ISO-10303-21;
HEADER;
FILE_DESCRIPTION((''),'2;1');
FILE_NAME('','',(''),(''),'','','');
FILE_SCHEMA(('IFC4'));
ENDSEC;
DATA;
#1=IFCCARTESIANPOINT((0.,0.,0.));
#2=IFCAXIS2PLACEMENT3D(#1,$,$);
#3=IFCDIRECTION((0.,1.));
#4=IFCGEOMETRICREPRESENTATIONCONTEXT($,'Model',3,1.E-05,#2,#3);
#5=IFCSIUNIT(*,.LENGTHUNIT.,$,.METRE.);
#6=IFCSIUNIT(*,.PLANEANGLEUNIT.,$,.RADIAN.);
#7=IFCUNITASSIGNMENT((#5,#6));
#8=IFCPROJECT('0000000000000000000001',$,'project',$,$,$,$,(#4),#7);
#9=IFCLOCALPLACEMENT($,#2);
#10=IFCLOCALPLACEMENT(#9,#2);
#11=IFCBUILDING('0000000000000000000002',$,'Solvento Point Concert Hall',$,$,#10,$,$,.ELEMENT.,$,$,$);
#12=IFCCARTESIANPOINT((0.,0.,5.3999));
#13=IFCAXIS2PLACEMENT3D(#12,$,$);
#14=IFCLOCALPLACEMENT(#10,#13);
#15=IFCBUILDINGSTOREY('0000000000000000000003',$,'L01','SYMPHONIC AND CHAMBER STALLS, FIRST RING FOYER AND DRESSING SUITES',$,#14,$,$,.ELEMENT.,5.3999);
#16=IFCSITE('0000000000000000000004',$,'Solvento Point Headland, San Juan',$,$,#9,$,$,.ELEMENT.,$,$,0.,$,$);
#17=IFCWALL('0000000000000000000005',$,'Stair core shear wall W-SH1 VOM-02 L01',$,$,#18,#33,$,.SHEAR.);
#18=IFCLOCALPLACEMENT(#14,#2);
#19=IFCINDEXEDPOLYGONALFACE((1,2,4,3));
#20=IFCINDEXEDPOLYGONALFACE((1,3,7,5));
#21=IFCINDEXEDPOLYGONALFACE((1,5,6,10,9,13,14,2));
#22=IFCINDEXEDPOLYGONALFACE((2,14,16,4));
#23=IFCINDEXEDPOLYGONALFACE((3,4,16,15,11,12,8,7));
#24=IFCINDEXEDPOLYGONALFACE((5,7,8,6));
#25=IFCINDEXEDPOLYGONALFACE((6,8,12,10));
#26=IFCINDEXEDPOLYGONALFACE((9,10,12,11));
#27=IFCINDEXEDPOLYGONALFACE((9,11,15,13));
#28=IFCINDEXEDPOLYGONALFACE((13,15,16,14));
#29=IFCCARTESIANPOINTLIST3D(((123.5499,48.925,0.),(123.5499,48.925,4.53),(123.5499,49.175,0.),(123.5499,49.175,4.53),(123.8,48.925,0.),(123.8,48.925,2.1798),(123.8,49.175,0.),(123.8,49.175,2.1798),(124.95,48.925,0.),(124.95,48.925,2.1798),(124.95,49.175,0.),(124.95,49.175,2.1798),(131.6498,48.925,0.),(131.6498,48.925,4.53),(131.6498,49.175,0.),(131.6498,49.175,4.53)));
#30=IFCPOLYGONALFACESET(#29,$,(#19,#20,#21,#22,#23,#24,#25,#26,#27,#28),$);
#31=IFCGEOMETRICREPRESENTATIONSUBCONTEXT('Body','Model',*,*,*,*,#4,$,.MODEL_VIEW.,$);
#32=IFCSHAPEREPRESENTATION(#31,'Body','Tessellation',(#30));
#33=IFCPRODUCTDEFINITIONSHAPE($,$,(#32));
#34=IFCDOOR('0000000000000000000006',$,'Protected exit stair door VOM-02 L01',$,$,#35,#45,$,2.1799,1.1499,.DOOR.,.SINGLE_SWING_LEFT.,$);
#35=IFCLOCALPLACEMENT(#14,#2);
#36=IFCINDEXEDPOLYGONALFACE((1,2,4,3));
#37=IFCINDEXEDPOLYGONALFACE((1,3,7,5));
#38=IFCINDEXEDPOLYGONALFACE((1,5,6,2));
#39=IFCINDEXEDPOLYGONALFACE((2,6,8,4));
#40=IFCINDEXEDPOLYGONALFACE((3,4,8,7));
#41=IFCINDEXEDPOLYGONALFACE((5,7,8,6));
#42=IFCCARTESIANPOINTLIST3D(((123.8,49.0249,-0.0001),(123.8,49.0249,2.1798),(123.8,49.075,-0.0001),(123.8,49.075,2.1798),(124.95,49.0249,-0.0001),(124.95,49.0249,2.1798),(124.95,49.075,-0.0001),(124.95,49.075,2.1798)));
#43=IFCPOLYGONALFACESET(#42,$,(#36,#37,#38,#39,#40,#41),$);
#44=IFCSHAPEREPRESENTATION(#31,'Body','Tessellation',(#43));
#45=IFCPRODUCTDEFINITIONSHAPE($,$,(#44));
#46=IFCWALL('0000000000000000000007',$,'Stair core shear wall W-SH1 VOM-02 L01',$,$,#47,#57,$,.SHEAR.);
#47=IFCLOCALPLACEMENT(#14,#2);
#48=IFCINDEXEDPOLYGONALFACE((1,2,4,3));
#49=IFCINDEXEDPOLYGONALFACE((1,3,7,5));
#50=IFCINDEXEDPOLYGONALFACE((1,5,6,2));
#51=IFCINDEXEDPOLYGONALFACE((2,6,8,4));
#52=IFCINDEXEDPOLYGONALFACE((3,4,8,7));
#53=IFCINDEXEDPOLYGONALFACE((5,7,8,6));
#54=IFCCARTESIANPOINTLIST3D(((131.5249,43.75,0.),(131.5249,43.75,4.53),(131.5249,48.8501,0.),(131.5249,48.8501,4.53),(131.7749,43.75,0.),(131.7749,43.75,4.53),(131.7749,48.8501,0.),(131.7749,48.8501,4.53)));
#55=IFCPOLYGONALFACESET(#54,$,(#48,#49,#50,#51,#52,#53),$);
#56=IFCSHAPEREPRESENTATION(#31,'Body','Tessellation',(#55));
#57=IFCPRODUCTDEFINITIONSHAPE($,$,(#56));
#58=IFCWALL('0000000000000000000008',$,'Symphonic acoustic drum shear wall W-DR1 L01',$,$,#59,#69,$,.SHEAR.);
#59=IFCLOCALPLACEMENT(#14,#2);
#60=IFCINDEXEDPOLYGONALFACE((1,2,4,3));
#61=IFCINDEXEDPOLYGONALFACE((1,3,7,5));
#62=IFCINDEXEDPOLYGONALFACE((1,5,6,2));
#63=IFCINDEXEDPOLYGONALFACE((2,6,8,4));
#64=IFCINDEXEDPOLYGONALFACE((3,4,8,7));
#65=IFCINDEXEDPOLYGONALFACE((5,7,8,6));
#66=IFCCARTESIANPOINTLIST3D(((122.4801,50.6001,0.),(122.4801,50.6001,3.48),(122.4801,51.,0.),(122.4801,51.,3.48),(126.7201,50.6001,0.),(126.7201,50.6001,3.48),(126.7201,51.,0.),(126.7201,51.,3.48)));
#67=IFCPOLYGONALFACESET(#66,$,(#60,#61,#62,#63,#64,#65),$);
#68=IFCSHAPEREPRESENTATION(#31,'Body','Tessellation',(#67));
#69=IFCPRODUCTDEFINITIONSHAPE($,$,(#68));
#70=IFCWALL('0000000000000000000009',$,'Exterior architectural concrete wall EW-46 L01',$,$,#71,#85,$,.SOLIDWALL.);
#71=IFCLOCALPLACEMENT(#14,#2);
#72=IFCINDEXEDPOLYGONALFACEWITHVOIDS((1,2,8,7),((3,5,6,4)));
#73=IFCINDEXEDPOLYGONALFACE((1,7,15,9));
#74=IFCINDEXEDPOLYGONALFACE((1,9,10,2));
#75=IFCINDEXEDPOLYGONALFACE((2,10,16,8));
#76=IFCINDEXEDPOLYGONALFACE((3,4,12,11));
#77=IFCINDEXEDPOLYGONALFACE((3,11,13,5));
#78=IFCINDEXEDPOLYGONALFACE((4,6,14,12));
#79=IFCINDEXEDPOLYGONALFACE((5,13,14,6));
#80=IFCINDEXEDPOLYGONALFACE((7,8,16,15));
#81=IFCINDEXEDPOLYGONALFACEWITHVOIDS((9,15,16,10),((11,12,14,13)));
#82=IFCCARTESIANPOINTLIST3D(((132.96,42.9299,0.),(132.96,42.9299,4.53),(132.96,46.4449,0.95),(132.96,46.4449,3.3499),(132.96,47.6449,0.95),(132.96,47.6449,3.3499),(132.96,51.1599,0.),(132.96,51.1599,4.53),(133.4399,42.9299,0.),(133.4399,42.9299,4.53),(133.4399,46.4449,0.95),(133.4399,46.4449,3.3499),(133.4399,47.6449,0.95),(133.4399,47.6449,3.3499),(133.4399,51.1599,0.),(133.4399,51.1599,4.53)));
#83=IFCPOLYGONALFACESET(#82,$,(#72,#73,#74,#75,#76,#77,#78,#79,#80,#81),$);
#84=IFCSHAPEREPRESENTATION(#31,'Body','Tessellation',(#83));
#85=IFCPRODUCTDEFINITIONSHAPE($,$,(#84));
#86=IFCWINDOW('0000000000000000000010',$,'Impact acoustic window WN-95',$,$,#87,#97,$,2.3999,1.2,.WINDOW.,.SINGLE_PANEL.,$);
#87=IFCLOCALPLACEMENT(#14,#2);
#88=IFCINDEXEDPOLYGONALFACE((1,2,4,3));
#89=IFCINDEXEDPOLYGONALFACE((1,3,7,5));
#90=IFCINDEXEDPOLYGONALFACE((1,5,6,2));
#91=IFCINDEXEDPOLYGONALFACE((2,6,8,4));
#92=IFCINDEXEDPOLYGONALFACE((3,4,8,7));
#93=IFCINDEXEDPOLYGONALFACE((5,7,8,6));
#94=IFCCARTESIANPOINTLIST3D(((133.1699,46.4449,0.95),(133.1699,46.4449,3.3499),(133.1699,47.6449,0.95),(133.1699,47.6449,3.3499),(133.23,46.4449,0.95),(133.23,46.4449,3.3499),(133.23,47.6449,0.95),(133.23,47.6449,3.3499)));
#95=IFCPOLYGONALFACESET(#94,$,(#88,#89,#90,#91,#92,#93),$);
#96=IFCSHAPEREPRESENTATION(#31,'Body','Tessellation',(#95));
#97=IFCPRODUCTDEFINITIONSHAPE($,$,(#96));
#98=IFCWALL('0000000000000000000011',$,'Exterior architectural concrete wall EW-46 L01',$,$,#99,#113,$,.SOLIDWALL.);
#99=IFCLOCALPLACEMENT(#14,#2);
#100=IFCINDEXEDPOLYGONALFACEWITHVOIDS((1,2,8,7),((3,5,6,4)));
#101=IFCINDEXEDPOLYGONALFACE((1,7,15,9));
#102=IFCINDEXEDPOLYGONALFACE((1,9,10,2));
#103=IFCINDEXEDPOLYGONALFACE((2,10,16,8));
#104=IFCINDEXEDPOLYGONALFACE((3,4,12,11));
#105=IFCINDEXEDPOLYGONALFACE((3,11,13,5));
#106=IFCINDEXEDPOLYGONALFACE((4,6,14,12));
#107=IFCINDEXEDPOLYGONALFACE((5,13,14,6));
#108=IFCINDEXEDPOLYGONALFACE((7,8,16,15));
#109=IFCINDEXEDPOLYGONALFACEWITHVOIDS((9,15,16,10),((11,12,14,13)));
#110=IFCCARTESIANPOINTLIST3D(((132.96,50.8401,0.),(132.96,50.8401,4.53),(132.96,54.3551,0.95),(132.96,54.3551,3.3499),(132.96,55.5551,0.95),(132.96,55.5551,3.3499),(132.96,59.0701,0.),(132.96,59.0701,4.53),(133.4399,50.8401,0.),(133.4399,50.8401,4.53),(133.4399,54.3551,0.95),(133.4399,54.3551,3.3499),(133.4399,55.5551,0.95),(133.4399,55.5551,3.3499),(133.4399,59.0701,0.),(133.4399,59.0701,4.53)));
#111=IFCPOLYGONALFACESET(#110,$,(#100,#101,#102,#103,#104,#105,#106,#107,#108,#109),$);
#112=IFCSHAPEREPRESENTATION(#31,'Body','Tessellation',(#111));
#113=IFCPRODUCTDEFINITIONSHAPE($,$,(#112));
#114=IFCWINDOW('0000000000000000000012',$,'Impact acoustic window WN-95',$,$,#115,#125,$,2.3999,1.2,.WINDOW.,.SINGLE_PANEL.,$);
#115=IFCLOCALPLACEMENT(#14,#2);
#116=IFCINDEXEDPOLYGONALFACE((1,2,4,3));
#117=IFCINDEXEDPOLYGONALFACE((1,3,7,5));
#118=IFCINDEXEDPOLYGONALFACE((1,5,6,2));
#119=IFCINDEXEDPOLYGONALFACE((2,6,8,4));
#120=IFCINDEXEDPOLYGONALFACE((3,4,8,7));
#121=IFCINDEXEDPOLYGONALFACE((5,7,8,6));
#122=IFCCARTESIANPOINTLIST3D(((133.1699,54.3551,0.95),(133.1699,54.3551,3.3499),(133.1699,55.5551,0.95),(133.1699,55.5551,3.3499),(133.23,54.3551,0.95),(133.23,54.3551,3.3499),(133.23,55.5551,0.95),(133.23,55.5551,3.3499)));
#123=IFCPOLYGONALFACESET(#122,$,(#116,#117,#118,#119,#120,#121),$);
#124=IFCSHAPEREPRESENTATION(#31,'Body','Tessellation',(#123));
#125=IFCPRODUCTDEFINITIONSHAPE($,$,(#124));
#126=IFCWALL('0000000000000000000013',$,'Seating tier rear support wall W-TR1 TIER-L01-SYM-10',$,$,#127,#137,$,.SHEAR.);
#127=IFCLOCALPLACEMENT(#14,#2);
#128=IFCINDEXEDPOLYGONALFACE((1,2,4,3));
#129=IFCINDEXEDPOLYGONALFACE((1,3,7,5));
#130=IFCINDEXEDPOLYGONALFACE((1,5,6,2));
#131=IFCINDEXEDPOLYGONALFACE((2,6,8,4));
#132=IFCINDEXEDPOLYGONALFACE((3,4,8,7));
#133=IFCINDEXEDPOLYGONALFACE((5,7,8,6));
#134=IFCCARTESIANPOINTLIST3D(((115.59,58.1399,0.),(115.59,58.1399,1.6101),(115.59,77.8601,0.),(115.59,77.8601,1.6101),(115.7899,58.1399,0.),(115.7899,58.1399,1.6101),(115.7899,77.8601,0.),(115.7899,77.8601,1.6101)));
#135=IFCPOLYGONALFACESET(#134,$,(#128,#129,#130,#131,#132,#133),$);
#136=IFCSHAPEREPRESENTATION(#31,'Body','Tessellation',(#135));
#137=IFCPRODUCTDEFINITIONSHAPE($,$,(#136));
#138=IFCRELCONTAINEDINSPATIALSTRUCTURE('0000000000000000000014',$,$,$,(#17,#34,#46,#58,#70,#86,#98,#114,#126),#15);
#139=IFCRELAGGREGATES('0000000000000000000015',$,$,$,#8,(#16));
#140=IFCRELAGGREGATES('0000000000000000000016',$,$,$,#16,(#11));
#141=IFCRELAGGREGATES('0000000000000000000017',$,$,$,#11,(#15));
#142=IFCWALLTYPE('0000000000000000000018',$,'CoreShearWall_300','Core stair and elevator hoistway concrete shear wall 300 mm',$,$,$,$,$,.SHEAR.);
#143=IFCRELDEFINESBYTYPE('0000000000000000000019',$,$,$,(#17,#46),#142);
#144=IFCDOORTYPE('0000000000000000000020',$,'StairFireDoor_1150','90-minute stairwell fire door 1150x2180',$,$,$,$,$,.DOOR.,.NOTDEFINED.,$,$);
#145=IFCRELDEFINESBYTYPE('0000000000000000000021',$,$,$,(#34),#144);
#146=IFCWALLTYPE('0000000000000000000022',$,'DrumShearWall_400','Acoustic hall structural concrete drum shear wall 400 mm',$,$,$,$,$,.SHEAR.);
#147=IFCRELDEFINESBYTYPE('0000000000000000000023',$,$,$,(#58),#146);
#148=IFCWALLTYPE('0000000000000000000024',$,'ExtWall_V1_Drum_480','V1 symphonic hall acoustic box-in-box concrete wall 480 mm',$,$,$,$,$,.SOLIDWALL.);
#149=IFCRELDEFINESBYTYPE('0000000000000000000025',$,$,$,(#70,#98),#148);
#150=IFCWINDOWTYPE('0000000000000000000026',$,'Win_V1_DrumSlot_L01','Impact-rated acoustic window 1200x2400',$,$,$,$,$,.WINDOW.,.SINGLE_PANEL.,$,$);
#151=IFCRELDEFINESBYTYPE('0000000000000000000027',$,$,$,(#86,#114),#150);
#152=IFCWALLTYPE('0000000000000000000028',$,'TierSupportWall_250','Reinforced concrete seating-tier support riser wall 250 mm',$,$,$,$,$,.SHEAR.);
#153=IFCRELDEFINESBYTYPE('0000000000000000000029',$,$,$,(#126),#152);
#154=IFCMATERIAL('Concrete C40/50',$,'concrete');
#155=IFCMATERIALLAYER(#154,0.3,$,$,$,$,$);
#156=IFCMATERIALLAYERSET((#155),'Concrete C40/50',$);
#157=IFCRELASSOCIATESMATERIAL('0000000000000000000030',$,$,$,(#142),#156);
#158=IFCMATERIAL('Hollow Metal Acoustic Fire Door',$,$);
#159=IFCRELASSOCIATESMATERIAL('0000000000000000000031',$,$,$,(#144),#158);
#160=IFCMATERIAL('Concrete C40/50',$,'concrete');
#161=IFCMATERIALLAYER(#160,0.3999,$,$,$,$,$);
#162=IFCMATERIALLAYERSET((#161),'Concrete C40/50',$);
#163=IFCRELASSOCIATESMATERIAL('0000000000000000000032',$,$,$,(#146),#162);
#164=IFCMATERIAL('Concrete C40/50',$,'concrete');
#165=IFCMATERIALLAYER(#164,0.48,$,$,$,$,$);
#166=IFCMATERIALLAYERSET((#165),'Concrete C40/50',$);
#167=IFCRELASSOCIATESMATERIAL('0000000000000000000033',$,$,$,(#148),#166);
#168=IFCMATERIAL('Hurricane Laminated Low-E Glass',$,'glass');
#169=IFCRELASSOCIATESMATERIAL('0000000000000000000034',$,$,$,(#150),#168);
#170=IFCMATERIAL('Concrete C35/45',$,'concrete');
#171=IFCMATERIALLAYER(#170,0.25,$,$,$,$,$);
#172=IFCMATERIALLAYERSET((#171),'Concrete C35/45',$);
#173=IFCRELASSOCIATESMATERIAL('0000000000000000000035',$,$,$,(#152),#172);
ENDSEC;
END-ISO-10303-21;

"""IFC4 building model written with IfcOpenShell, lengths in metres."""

from ifc_helpers import new_model, si_unit, direction, frame, frame_2d, origin, place, context, subcontext, project, spatial, rectangle, extrude, material, layer, layer_set, type_object, element, fill, save


model = new_model("IFC4")

# Units and contexts
model_context = context("Model", 3, precision=1e-05, world=origin(), true_north=direction((0.0, 1.0)))
body_context = subcontext(model_context, "Body", "Model", "MODEL_VIEW")
ifc_project = project(units=[si_unit("LENGTHUNIT", "METRE"), si_unit("PLANEANGLEUNIT", "RADIAN")], contexts=[model_context])

# Site, building, storey
site_placement = place(None, origin())
site = spatial("IfcSite", under=ifc_project, at=site_placement, Name="Solvento Point Headland, San Juan", CompositionType="ELEMENT", RefElevation=0.0)
building_placement = place(site_placement, origin())
building = spatial("IfcBuilding", under=site, at=building_placement, Name="Solvento Point Concert Hall", CompositionType="ELEMENT")
storey_placement = place(building_placement, frame((0.0, 0.0, 5.3999)))
storey = spatial("IfcBuildingStorey", under=building, at=storey_placement, Name="L01", Description="SYMPHONIC AND CHAMBER STALLS, FIRST RING FOYER AND DRESSING SUITES", CompositionType="ELEMENT", Elevation=5.3999)

# Shared definitions
ifc_material_1 = material(Name="Concrete C40/50", Category="concrete")
ifc_layer_1 = layer(ifc_material_1, 0.3)
ifc_layer_set_1 = layer_set([ifc_layer_1], Name="Concrete C40/50")
wall_type_1 = type_object("IfcWallType", Name="CoreShearWall_300", Description="Core stair and elevator hoistway concrete shear wall 300 mm", PredefinedType="SHEAR", material=ifc_layer_set_1)

# Wall, opening, door
wall_1_placement = place(storey_placement, frame((123.55, 49.05, 0.0), z_axis=(0.0, 0.0, 1.0), x_axis=(1.0, 0.0, 0.0)))
wall_1 = element("IfcWall", 1, at=wall_1_placement, inside=storey, type_object=wall_type_1, Name="Stair core shear wall W-SH1 VOM-02 L01", PredefinedType="SHEAR", context=body_context, shape_type="SweptSolid", body=[
    extrude(rectangle(XDim=8.0999, YDim=0.25, at=frame_2d((4.0498, 0.0))), origin(), (0.0, 0.0, 1.0), 4.53),
])
opening_1_placement = place(wall_1_placement, frame((0.25, 0.0, 0.0)))
opening_1 = element("IfcOpeningElement", 2, at=opening_1_placement, cuts=wall_1, PredefinedType="OPENING", context=body_context, shape_type="SweptSolid", body=[
    extrude(rectangle(XDim=1.1499, YDim=2.1799, at=frame_2d((0.575, 1.0898))), frame((0.0, 0.135, 0.0), z_axis=(0.0, -1.0, 0.0), x_axis=(1.0, 0.0, 0.0)), (0.0, 0.0, 1.0), 0.27),
])
ifc_material_2 = material(Name="Hollow Metal Acoustic Fire Door")
door_type = type_object("IfcDoorType", Name="StairFireDoor_1150", Description="90-minute stairwell fire door 1150x2180", OperationType="NOTDEFINED", PredefinedType="DOOR", material=ifc_material_2)
door_placement = place(opening_1_placement, origin())
door = element("IfcDoor", 3, at=door_placement, inside=storey, type_object=door_type, Name="Protected exit stair door VOM-02 L01", OperationType="SINGLE_SWING_LEFT", OverallHeight=2.1799, OverallWidth=1.1499, PredefinedType="DOOR", context=body_context, shape_type="SweptSolid", body=[
    extrude(rectangle(XDim=1.1499, YDim=2.1799, at=frame_2d((0.575, 1.0898))), frame((0.0, 0.0249, 0.0), z_axis=(0.0, -1.0, 0.0), x_axis=(1.0, 0.0, 0.0)), (0.0, 0.0, 1.0), 0.05),
])
fill(opening_1, door)

# Walls
wall_2_placement = place(storey_placement, frame((131.6499, 48.8501, 0.0), z_axis=(0.0, 0.0, 1.0), x_axis=(0.0, -1.0, 0.0)))
element("IfcWall", 4, at=wall_2_placement, inside=storey, type_object=wall_type_1, Name="Stair core shear wall W-SH1 VOM-02 L01", PredefinedType="SHEAR", context=body_context, shape_type="SweptSolid", body=[
    extrude(rectangle(XDim=5.1001, YDim=0.25, at=frame_2d((2.55, 0.0))), origin(), (0.0, 0.0, 1.0), 4.53),
])
ifc_material_3 = material(Name="Concrete C40/50", Category="concrete")
ifc_layer_2 = layer(ifc_material_3, 0.3999)
ifc_layer_set_2 = layer_set([ifc_layer_2], Name="Concrete C40/50")
wall_type_2 = type_object("IfcWallType", Name="DrumShearWall_400", Description="Acoustic hall structural concrete drum shear wall 400 mm", PredefinedType="SHEAR", material=ifc_layer_set_2)
wall_3_placement = place(storey_placement, frame((122.48, 50.8, 0.0), z_axis=(0.0, 0.0, 1.0), x_axis=(1.0, 0.0, 0.0)))
element("IfcWall", 5, at=wall_3_placement, inside=storey, type_object=wall_type_2, Name="Symphonic acoustic drum shear wall W-DR1 L01", PredefinedType="SHEAR", context=body_context, shape_type="SweptSolid", body=[
    extrude(rectangle(XDim=4.24, YDim=0.3999, at=frame_2d((2.1201, 0.0))), origin(), (0.0, 0.0, 1.0), 3.48),
])

# Walls, openings, windows
ifc_material_4 = material(Name="Concrete C40/50", Category="concrete")
ifc_layer_3 = layer(ifc_material_4, 0.48)
ifc_layer_set_3 = layer_set([ifc_layer_3], Name="Concrete C40/50")
wall_type_3 = type_object("IfcWallType", Name="ExtWall_V1_Drum_480", Description="V1 symphonic hall acoustic box-in-box concrete wall 480 mm", PredefinedType="SOLIDWALL", material=ifc_layer_set_3)
wall_4_placement = place(storey_placement, frame((133.2, 51.1599, 0.0), z_axis=(0.0, 0.0, 1.0), x_axis=(0.0, -1.0, 0.0)))
wall_4 = element("IfcWall", 6, at=wall_4_placement, inside=storey, type_object=wall_type_3, Name="Exterior architectural concrete wall EW-46 L01", PredefinedType="SOLIDWALL", context=body_context, shape_type="SweptSolid", body=[
    extrude(rectangle(XDim=8.23, YDim=0.48, at=frame_2d((4.115, 0.0))), origin(), (0.0, 0.0, 1.0), 4.53),
])
opening_2_placement = place(wall_4_placement, frame((3.5149, 0.0, 0.95)))
opening_2 = element("IfcOpeningElement", 7, at=opening_2_placement, cuts=wall_4, PredefinedType="OPENING", context=body_context, shape_type="SweptSolid", body=[
    extrude(rectangle(XDim=1.2, YDim=2.3999, at=frame_2d((0.6001, 1.2))), frame((0.0, 0.25, 0.0), z_axis=(0.0, -1.0, 0.0), x_axis=(1.0, 0.0, 0.0)), (0.0, 0.0, 1.0), 0.5),
])
ifc_material_5 = material(Name="Hurricane Laminated Low-E Glass", Category="glass")
window_type = type_object("IfcWindowType", Name="Win_V1_DrumSlot_L01", Description="Impact-rated acoustic window 1200x2400", PartitioningType="SINGLE_PANEL", PredefinedType="WINDOW", material=ifc_material_5)
window_1_placement = place(opening_2_placement, origin())
window_1 = element("IfcWindow", 8, at=window_1_placement, inside=storey, type_object=window_type, Name="Impact acoustic window WN-95", OverallHeight=2.3999, OverallWidth=1.2, PartitioningType="SINGLE_PANEL", PredefinedType="WINDOW", context=body_context, shape_type="SweptSolid", body=[
    extrude(rectangle(XDim=1.2, YDim=2.3999, at=frame_2d((0.6001, 1.2))), frame((0.0, 0.03, 0.0), z_axis=(0.0, -1.0, 0.0), x_axis=(1.0, 0.0, 0.0)), (0.0, 0.0, 1.0), 0.0601),
])
fill(opening_2, window_1)
wall_5_placement = place(storey_placement, frame((133.2, 59.0701, 0.0), z_axis=(0.0, 0.0, 1.0), x_axis=(0.0, -1.0, 0.0)))
wall_5 = element("IfcWall", 9, at=wall_5_placement, inside=storey, type_object=wall_type_3, Name="Exterior architectural concrete wall EW-46 L01", PredefinedType="SOLIDWALL", context=body_context, shape_type="SweptSolid", body=[
    extrude(rectangle(XDim=8.23, YDim=0.48, at=frame_2d((4.115, 0.0))), origin(), (0.0, 0.0, 1.0), 4.53),
])
opening_3_placement = place(wall_5_placement, frame((3.5149, 0.0, 0.95)))
opening_3 = element("IfcOpeningElement", 10, at=opening_3_placement, cuts=wall_5, PredefinedType="OPENING", context=body_context, shape_type="SweptSolid", body=[
    extrude(rectangle(XDim=1.2, YDim=2.3999, at=frame_2d((0.6001, 1.2))), frame((0.0, 0.25, 0.0), z_axis=(0.0, -1.0, 0.0), x_axis=(1.0, 0.0, 0.0)), (0.0, 0.0, 1.0), 0.5),
])
window_2_placement = place(opening_3_placement, origin())
window_2 = element("IfcWindow", 11, at=window_2_placement, inside=storey, type_object=window_type, Name="Impact acoustic window WN-95", OverallHeight=2.3999, OverallWidth=1.2, PartitioningType="SINGLE_PANEL", PredefinedType="WINDOW", context=body_context, shape_type="SweptSolid", body=[
    extrude(rectangle(XDim=1.2, YDim=2.3999, at=frame_2d((0.6001, 1.2))), frame((0.0, 0.03, 0.0), z_axis=(0.0, -1.0, 0.0), x_axis=(1.0, 0.0, 0.0)), (0.0, 0.0, 1.0), 0.0601),
])
fill(opening_3, window_2)

# Wall
ifc_material_6 = material(Name="Concrete C35/45", Category="concrete")
ifc_layer_4 = layer(ifc_material_6, 0.25)
ifc_layer_set_4 = layer_set([ifc_layer_4], Name="Concrete C35/45")
wall_type_4 = type_object("IfcWallType", Name="TierSupportWall_250", Description="Reinforced concrete seating-tier support riser wall 250 mm", PredefinedType="SHEAR", material=ifc_layer_set_4)
wall_6_placement = place(storey_placement, frame((115.6899, 58.1399, 0.0), z_axis=(0.0, 0.0, 1.0), x_axis=(0.0, 1.0, 0.0)))
element("IfcWall", 12, at=wall_6_placement, inside=storey, type_object=wall_type_4, Name="Seating tier rear support wall W-TR1 TIER-L01-SYM-10", PredefinedType="SHEAR", context=body_context, shape_type="SweptSolid", body=[
    extrude(rectangle(XDim=19.7202, YDim=0.2, at=frame_2d((9.8601, 0.0))), origin(), (0.0, 0.0, 1.0), 1.6101),
])

save(model, "model.ifc")
